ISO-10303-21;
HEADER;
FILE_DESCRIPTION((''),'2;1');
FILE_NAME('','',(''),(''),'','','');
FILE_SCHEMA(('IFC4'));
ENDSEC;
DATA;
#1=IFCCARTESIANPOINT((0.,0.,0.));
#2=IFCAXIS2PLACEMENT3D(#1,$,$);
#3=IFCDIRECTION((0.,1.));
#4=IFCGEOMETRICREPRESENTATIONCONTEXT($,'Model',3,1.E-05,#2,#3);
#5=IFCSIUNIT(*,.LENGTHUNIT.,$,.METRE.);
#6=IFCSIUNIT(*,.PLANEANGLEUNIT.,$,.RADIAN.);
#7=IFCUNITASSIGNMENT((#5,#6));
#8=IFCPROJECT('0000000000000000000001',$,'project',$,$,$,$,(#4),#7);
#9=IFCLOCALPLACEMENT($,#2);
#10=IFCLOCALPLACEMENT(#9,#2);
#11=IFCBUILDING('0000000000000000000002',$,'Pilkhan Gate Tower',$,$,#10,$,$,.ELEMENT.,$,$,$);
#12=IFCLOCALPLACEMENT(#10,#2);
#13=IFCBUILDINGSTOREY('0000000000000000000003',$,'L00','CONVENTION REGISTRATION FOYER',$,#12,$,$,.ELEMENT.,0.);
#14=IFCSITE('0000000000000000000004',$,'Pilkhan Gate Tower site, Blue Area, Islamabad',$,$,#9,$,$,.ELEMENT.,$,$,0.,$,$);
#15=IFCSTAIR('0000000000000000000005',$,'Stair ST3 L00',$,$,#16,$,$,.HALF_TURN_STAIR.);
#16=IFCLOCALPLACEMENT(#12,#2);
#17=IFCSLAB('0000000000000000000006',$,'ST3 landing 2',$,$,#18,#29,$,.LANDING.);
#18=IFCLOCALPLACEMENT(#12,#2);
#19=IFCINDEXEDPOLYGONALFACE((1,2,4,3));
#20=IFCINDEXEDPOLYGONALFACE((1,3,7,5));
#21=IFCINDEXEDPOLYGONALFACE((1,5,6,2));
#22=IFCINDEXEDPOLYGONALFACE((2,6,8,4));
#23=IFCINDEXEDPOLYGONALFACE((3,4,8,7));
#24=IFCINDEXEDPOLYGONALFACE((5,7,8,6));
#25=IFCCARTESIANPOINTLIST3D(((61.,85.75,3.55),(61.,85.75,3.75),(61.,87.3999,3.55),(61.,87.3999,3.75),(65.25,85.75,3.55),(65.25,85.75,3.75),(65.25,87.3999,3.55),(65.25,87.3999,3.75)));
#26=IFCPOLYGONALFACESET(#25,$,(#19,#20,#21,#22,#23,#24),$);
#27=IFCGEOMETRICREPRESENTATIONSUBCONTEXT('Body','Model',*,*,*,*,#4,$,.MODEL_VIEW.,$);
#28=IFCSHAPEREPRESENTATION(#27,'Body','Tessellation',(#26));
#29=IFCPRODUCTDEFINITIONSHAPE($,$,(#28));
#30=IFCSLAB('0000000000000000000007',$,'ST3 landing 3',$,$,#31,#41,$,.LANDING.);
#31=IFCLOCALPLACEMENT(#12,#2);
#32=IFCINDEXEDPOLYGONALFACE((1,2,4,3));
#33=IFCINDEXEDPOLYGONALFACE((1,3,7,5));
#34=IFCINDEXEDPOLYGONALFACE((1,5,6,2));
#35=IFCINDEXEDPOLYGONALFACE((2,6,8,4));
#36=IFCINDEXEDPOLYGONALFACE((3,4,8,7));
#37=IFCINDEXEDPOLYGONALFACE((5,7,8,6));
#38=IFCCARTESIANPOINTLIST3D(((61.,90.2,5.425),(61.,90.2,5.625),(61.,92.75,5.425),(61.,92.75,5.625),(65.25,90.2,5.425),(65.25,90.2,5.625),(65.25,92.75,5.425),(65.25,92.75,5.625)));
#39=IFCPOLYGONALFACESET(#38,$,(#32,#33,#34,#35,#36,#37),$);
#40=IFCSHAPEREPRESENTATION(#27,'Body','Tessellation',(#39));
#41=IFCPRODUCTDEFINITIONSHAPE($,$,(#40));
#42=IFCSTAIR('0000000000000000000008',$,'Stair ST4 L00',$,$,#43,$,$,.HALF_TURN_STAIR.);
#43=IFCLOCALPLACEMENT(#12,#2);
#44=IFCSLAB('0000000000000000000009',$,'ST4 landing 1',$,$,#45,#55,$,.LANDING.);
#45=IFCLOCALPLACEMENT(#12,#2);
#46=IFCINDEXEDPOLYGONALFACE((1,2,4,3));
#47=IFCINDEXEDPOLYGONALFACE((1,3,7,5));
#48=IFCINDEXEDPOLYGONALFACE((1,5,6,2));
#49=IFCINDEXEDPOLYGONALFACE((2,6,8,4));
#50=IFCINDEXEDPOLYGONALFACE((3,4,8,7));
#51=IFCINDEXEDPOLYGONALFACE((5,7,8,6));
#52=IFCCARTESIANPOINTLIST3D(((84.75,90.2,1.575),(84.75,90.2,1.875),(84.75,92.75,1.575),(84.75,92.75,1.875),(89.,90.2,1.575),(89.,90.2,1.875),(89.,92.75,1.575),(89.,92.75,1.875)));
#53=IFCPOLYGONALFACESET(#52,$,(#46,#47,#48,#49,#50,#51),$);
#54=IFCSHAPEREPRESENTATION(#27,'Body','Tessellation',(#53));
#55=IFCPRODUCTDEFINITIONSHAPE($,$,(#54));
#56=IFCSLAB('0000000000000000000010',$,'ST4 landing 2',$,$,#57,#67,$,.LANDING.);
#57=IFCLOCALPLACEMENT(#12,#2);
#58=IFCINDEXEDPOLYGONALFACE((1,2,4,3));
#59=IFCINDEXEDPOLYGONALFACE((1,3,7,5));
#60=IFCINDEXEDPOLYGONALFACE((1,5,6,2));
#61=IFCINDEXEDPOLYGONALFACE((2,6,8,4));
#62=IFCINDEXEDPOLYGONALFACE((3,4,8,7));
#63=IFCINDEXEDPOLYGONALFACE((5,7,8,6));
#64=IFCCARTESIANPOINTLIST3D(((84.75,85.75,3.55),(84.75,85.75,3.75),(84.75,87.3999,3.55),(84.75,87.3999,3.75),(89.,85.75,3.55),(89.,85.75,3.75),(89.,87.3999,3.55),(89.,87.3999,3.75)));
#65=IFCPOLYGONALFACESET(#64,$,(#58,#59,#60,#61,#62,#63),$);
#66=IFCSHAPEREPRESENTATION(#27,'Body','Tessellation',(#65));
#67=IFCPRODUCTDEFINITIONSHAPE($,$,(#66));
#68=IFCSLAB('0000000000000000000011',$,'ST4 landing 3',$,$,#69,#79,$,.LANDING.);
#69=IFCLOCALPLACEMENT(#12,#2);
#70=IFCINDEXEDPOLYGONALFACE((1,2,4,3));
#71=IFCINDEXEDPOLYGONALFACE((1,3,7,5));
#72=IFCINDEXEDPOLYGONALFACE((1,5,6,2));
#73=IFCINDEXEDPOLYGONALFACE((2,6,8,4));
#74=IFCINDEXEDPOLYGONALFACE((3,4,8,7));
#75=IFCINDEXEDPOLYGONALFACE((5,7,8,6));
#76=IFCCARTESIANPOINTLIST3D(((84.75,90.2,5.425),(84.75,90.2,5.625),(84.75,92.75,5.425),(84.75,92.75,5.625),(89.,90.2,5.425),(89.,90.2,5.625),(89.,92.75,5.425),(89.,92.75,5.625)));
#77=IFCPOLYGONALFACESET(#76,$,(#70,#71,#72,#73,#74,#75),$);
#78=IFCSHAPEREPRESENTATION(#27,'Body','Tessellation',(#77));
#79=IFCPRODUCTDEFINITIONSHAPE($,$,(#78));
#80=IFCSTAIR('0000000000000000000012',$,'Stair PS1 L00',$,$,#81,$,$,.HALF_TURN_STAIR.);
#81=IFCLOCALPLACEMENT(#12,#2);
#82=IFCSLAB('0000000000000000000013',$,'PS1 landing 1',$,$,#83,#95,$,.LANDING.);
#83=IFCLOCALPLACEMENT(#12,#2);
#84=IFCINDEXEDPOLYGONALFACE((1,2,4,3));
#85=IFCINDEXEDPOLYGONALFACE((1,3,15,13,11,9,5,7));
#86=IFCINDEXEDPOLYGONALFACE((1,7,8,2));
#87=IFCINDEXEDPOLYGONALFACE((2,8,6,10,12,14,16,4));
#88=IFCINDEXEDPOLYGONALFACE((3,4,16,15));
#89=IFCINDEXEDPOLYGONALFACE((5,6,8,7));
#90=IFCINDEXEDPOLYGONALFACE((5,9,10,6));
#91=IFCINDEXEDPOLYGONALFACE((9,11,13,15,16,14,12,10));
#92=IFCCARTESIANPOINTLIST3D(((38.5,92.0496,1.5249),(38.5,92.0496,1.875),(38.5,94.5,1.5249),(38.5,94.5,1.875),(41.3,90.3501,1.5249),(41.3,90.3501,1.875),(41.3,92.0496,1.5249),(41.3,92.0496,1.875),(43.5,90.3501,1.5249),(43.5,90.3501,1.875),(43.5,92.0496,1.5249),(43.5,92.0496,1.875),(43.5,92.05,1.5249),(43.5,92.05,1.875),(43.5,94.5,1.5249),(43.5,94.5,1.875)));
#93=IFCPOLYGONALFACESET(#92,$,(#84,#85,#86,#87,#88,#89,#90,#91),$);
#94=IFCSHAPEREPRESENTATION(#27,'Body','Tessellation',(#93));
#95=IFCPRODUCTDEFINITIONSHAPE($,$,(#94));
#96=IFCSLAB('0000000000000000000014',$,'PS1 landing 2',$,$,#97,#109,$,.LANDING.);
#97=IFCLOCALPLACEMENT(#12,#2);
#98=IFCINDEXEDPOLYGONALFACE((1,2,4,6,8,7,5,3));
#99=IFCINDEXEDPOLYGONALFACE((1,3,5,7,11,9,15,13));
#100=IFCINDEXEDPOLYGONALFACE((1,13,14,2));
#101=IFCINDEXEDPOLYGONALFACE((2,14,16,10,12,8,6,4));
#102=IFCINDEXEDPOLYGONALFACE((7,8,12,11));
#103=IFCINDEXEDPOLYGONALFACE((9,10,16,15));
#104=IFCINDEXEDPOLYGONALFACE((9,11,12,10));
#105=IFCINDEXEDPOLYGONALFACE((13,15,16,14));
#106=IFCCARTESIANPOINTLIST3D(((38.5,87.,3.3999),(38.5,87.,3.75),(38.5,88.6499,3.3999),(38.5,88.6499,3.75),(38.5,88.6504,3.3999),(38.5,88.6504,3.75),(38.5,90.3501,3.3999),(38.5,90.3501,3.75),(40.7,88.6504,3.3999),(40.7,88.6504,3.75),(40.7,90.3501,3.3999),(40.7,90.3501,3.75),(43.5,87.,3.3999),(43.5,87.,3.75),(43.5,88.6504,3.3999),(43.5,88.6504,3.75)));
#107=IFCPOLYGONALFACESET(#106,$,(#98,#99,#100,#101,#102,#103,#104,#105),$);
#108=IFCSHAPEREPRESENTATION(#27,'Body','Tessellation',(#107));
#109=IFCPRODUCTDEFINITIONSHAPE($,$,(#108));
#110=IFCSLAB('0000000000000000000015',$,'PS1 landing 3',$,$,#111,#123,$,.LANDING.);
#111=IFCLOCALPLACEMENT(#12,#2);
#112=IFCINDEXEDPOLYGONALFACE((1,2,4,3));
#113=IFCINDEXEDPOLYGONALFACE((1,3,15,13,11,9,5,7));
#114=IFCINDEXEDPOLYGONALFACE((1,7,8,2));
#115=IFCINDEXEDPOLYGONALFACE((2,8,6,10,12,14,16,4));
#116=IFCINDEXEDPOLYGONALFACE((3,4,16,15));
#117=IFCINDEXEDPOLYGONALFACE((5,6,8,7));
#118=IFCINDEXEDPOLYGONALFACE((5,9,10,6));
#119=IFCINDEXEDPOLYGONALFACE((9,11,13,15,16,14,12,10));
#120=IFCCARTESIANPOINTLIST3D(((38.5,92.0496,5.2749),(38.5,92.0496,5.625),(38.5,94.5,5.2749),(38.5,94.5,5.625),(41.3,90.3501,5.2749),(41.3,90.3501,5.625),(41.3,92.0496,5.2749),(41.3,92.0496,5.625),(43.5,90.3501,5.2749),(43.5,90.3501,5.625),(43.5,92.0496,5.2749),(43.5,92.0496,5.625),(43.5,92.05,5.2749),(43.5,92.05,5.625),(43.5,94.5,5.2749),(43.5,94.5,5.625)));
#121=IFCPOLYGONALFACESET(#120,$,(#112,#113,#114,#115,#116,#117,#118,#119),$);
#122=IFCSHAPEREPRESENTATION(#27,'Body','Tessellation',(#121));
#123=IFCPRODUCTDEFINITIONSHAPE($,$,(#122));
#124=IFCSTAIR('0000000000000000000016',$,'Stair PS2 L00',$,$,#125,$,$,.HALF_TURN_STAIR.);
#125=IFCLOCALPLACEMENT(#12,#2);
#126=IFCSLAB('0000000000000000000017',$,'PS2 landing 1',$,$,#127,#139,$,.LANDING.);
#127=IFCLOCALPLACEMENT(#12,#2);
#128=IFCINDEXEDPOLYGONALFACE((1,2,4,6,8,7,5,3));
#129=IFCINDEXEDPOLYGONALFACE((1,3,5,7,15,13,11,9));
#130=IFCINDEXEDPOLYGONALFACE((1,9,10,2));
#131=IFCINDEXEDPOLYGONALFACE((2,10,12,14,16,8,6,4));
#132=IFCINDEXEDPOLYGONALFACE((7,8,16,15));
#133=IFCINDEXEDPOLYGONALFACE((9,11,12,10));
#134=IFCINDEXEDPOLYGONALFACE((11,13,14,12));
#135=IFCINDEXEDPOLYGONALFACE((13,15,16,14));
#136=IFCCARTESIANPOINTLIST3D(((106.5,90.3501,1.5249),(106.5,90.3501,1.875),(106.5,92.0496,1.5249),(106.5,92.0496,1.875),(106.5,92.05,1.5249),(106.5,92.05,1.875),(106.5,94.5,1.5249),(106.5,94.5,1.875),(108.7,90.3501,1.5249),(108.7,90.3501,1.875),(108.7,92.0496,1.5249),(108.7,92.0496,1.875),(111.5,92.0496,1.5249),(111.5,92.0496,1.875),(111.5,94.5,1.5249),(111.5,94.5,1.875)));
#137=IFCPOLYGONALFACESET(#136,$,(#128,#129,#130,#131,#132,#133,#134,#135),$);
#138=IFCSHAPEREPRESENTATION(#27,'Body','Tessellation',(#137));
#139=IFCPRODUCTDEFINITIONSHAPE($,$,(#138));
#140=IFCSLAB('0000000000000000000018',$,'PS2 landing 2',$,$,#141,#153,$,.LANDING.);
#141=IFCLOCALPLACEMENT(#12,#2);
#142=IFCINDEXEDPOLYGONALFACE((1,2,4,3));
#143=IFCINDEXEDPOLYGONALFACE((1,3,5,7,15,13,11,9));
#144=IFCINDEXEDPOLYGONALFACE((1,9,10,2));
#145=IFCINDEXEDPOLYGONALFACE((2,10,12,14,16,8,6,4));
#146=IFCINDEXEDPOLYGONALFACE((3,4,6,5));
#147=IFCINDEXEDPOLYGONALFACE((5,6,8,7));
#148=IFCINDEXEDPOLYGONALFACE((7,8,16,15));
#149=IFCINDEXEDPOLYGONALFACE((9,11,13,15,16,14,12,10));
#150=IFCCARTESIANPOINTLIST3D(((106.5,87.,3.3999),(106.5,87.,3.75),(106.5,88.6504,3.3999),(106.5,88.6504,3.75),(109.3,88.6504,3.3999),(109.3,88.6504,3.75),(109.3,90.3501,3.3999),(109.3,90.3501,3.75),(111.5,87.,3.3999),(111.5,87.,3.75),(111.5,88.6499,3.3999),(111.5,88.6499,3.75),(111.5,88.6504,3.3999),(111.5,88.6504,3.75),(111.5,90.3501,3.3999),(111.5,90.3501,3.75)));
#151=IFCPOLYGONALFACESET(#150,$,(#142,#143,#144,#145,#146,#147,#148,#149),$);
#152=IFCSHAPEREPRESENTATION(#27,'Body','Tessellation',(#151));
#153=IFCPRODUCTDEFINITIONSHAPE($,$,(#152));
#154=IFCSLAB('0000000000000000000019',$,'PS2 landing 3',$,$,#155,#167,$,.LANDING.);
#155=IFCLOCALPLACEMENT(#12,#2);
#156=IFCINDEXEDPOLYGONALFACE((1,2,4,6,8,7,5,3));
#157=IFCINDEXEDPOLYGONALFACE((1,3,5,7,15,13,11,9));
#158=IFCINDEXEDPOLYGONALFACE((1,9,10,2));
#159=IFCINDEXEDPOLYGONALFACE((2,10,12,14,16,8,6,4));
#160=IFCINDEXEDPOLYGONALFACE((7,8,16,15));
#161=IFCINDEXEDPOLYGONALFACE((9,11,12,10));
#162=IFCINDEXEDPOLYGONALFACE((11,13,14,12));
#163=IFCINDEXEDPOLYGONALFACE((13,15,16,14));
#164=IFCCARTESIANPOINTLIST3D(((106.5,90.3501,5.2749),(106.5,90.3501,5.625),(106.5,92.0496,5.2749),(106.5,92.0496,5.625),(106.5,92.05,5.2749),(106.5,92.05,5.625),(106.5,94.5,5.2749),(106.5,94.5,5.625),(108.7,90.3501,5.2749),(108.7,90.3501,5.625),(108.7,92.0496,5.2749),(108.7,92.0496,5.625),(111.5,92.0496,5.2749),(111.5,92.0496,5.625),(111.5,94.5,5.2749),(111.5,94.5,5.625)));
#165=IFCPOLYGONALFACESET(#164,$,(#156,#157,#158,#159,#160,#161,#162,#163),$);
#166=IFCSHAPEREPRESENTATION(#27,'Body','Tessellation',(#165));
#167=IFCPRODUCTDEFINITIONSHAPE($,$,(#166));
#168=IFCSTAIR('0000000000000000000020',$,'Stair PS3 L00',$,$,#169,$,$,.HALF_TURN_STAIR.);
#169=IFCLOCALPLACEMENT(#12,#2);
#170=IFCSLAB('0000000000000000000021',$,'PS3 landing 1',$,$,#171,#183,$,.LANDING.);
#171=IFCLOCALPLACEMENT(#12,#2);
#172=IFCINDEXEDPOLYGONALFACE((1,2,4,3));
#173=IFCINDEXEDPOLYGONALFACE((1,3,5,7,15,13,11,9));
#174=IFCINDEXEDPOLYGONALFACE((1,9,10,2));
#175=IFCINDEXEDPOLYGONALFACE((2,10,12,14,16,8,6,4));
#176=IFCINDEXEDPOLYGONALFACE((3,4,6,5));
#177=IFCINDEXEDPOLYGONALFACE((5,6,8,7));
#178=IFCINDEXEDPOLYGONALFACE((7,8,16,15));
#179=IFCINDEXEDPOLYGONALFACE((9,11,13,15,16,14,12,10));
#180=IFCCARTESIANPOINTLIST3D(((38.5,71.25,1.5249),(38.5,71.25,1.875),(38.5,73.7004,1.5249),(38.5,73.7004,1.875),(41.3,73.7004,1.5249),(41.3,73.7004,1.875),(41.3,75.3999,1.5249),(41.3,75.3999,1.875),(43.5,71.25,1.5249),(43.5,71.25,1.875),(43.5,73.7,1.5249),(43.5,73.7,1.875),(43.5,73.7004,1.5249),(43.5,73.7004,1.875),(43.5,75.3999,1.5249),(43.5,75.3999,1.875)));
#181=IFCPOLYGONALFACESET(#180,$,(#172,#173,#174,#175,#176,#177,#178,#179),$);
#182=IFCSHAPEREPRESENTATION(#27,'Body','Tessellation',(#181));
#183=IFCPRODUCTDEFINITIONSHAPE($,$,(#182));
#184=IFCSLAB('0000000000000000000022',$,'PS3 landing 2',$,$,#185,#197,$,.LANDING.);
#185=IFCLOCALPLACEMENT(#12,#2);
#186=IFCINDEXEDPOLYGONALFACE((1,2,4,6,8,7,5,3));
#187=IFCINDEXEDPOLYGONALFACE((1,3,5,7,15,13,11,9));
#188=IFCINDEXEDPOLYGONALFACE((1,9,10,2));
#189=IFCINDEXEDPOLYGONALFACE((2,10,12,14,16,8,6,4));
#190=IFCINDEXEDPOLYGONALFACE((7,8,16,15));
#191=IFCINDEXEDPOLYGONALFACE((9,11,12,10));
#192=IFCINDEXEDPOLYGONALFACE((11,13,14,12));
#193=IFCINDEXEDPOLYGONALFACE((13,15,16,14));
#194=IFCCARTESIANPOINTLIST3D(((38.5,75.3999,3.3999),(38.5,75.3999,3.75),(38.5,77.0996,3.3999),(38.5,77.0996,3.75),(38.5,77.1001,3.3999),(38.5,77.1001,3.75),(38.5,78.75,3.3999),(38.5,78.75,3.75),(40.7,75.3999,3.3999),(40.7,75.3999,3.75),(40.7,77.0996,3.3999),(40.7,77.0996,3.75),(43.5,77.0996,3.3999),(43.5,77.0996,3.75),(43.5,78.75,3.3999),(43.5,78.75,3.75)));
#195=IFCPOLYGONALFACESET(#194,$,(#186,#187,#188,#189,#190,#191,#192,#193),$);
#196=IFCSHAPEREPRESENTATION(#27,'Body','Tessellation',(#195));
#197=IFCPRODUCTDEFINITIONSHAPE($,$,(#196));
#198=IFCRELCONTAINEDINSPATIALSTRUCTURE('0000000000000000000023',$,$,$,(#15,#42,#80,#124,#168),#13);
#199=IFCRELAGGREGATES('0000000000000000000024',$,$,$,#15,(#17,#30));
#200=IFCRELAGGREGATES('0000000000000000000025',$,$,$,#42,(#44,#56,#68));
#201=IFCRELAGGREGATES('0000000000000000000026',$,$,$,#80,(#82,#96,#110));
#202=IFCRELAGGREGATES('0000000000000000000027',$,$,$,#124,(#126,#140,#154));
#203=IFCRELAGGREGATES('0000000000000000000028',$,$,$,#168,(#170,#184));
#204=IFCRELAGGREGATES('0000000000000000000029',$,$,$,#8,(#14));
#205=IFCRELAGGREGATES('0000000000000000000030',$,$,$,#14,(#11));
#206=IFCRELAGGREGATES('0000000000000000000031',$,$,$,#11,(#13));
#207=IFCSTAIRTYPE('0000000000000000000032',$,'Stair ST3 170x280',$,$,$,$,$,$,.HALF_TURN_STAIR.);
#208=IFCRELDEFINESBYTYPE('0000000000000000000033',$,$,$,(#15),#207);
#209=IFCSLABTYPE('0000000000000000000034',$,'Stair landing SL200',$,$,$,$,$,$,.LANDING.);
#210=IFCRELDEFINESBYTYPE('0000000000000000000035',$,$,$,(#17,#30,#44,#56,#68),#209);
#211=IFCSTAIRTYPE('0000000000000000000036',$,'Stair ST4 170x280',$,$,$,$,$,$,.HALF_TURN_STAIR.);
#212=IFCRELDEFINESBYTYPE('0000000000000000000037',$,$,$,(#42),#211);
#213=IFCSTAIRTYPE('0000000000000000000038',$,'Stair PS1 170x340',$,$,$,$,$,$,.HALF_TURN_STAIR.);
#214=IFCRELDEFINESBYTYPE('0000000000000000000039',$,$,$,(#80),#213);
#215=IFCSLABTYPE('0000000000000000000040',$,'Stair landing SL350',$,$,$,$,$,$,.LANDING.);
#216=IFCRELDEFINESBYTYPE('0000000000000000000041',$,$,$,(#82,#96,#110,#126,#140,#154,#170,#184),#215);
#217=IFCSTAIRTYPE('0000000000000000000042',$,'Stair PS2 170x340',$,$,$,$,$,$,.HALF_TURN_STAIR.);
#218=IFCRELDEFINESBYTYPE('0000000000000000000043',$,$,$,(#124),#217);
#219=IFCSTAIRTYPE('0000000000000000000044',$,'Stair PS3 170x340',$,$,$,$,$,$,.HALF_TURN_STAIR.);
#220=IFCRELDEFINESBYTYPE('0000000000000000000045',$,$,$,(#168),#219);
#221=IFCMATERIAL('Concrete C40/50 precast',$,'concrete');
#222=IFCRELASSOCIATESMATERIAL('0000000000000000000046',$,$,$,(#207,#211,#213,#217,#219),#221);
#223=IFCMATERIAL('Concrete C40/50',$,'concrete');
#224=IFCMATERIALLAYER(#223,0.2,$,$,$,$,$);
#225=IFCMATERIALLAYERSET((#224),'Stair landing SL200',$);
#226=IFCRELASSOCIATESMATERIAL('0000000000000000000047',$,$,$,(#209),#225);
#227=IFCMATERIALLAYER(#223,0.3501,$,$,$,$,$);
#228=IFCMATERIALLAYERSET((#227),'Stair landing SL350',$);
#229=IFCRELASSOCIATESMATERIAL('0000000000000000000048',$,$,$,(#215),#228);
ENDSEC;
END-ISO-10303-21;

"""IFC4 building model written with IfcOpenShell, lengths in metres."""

from ifc_helpers import new_model, si_unit, direction, frame, origin, place, context, subcontext, project, spatial, polyline, outline, extrude, material, layer, layer_set, type_object, element, aggregate, save


model = new_model("IFC4")

# Units and contexts
model_context = context("Model", 3, precision=1e-05, world=origin(), true_north=direction((0.0, 1.0)))
body_context = subcontext(model_context, "Body", "Model", "MODEL_VIEW")
ifc_project = project(units=[si_unit("LENGTHUNIT", "METRE"), si_unit("PLANEANGLEUNIT", "RADIAN")], contexts=[model_context])

# Site, building, storey
site_placement = place(None, origin())
site = spatial("IfcSite", under=ifc_project, at=site_placement, Name="Pilkhan Gate Tower site, Blue Area, Islamabad", CompositionType="ELEMENT", RefElevation=0.0)
building_placement = place(site_placement, origin())
building = spatial("IfcBuilding", under=site, at=building_placement, Name="Pilkhan Gate Tower", CompositionType="ELEMENT")
storey_placement = place(building_placement, origin())
storey = spatial("IfcBuildingStorey", under=building, at=storey_placement, Name="L00", Description="CONVENTION REGISTRATION FOYER", CompositionType="ELEMENT", Elevation=0.0)

# Stairs, slabs
ifc_material_1 = material(Name="Concrete C40/50 precast", Category="concrete")
stair_type_1 = type_object("IfcStairType", Name="Stair ST3 170x280", PredefinedType="HALF_TURN_STAIR", material=ifc_material_1)
stair_1_placement = place(storey_placement, origin())
stair_1 = element("IfcStair", 1, at=stair_1_placement, inside=storey, type_object=stair_type_1, Name="Stair ST3 L00", PredefinedType="HALF_TURN_STAIR")
ifc_material_2 = material(Name="Concrete C40/50", Category="concrete")
ifc_layer_1 = layer(ifc_material_2, 0.2)
ifc_layer_set_1 = layer_set([ifc_layer_1], Name="Stair landing SL200")
slab_type_1 = type_object("IfcSlabType", Name="Stair landing SL200", PredefinedType="LANDING", material=ifc_layer_set_1)
slab_1_placement = place(storey_placement, frame((0.0, 0.0, 3.55)))
slab_1 = element("IfcSlab", 2, at=slab_1_placement, type_object=slab_type_1, Name="ST3 landing 2", PredefinedType="LANDING", context=body_context, shape_type="SweptSolid", body=[
    extrude(outline(polyline([(65.25, 85.75), (65.25, 87.3999), (61.0, 87.3999), (61.0, 85.75), (65.25, 85.75)])), origin(), (0.0, 0.0, 1.0), 0.2),
])
slab_2_placement = place(storey_placement, frame((0.0, 0.0, 5.425)))
slab_2 = element("IfcSlab", 3, at=slab_2_placement, type_object=slab_type_1, Name="ST3 landing 3", PredefinedType="LANDING", context=body_context, shape_type="SweptSolid", body=[
    extrude(outline(polyline([(65.25, 90.2), (65.25, 92.75), (61.0, 92.75), (61.0, 90.2), (65.25, 90.2)])), origin(), (0.0, 0.0, 1.0), 0.2),
])
aggregate(stair_1, [slab_1, slab_2])
stair_type_2 = type_object("IfcStairType", Name="Stair ST4 170x280", PredefinedType="HALF_TURN_STAIR", material=ifc_material_1)
stair_2_placement = place(storey_placement, origin())
stair_2 = element("IfcStair", 4, at=stair_2_placement, inside=storey, type_object=stair_type_2, Name="Stair ST4 L00", PredefinedType="HALF_TURN_STAIR")
slab_3_placement = place(storey_placement, frame((0.0, 0.0, 1.575)))
slab_3 = element("IfcSlab", 5, at=slab_3_placement, type_object=slab_type_1, Name="ST4 landing 1", PredefinedType="LANDING", context=body_context, shape_type="SweptSolid", body=[
    extrude(outline(polyline([(89.0, 90.2), (89.0, 92.75), (84.75, 92.75), (84.75, 90.2), (89.0, 90.2)])), origin(), (0.0, 0.0, 1.0), 0.3),
])
slab_4_placement = place(storey_placement, frame((0.0, 0.0, 3.55)))
slab_4 = element("IfcSlab", 6, at=slab_4_placement, type_object=slab_type_1, Name="ST4 landing 2", PredefinedType="LANDING", context=body_context, shape_type="SweptSolid", body=[
    extrude(outline(polyline([(89.0, 85.75), (89.0, 87.3999), (84.75, 87.3999), (84.75, 85.75), (89.0, 85.75)])), origin(), (0.0, 0.0, 1.0), 0.2),
])
slab_5_placement = place(storey_placement, frame((0.0, 0.0, 5.425)))
slab_5 = element("IfcSlab", 7, at=slab_5_placement, type_object=slab_type_1, Name="ST4 landing 3", PredefinedType="LANDING", context=body_context, shape_type="SweptSolid", body=[
    extrude(outline(polyline([(89.0, 90.2), (89.0, 92.75), (84.75, 92.75), (84.75, 90.2), (89.0, 90.2)])), origin(), (0.0, 0.0, 1.0), 0.2),
])
aggregate(stair_2, [slab_3, slab_4, slab_5])
stair_type_3 = type_object("IfcStairType", Name="Stair PS1 170x340", PredefinedType="HALF_TURN_STAIR", material=ifc_material_1)
stair_3_placement = place(storey_placement, origin())
stair_3 = element("IfcStair", 8, at=stair_3_placement, inside=storey, type_object=stair_type_3, Name="Stair PS1 L00", PredefinedType="HALF_TURN_STAIR")
ifc_layer_2 = layer(ifc_material_2, 0.3501)
ifc_layer_set_2 = layer_set([ifc_layer_2], Name="Stair landing SL350")
slab_type_2 = type_object("IfcSlabType", Name="Stair landing SL350", PredefinedType="LANDING", material=ifc_layer_set_2)
slab_6_placement = place(storey_placement, frame((0.0, 0.0, 1.5249)))
slab_6 = element("IfcSlab", 9, at=slab_6_placement, type_object=slab_type_2, Name="PS1 landing 1", PredefinedType="LANDING", context=body_context, shape_type="SweptSolid", body=[
    extrude(outline(polyline([(43.5, 90.3501), (41.3, 90.3501), (41.3, 92.0496), (38.5, 92.0496), (38.5, 94.5), (43.5, 94.5), (43.5, 92.05), (43.5, 92.0496), (43.5, 90.3501)])), origin(), (0.0, 0.0, 1.0), 0.3501),
])
slab_7_placement = place(storey_placement, frame((0.0, 0.0, 3.3999)))
slab_7 = element("IfcSlab", 10, at=slab_7_placement, type_object=slab_type_2, Name="PS1 landing 2", PredefinedType="LANDING", context=body_context, shape_type="SweptSolid", body=[
    extrude(outline(polyline([(43.5, 88.6504), (43.5, 87.0), (38.5, 87.0), (38.5, 88.6499), (38.5, 88.6504), (38.5, 90.3501), (40.7, 90.3501), (40.7, 88.6504), (43.5, 88.6504)])), origin(), (0.0, 0.0, 1.0), 0.3501),
])
slab_8_placement = place(storey_placement, frame((0.0, 0.0, 5.2749)))
slab_8 = element("IfcSlab", 11, at=slab_8_placement, type_object=slab_type_2, Name="PS1 landing 3", PredefinedType="LANDING", context=body_context, shape_type="SweptSolid", body=[
    extrude(outline(polyline([(43.5, 90.3501), (41.3, 90.3501), (41.3, 92.0496), (38.5, 92.0496), (38.5, 94.5), (43.5, 94.5), (43.5, 92.05), (43.5, 92.0496), (43.5, 90.3501)])), origin(), (0.0, 0.0, 1.0), 0.3501),
])
aggregate(stair_3, [slab_6, slab_7, slab_8])
stair_type_4 = type_object("IfcStairType", Name="Stair PS2 170x340", PredefinedType="HALF_TURN_STAIR", material=ifc_material_1)
stair_4_placement = place(storey_placement, origin())
stair_4 = element("IfcStair", 12, at=stair_4_placement, inside=storey, type_object=stair_type_4, Name="Stair PS2 L00", PredefinedType="HALF_TURN_STAIR")
slab_9_placement = place(storey_placement, frame((0.0, 0.0, 1.5249)))
slab_9 = element("IfcSlab", 13, at=slab_9_placement, type_object=slab_type_2, Name="PS2 landing 1", PredefinedType="LANDING", context=body_context, shape_type="SweptSolid", body=[
    extrude(outline(polyline([(106.5, 90.3501), (108.7, 90.3501), (108.7, 92.0496), (111.5, 92.0496), (111.5, 94.5), (106.5, 94.5), (106.5, 92.05), (106.5, 92.0496), (106.5, 90.3501)])), origin(), (0.0, 0.0, 1.0), 0.3501),
])
slab_10_placement = place(storey_placement, frame((0.0, 0.0, 3.3999)))
slab_10 = element("IfcSlab", 14, at=slab_10_placement, type_object=slab_type_2, Name="PS2 landing 2", PredefinedType="LANDING", context=body_context, shape_type="SweptSolid", body=[
    extrude(outline(polyline([(106.5, 88.6504), (106.5, 87.0), (111.5, 87.0), (111.5, 88.6499), (111.5, 88.6504), (111.5, 90.3501), (109.3, 90.3501), (109.3, 88.6504), (106.5, 88.6504)])), origin(), (0.0, 0.0, 1.0), 0.3501),
])
slab_11_placement = place(storey_placement, frame((0.0, 0.0, 5.2749)))
slab_11 = element("IfcSlab", 15, at=slab_11_placement, type_object=slab_type_2, Name="PS2 landing 3", PredefinedType="LANDING", context=body_context, shape_type="SweptSolid", body=[
    extrude(outline(polyline([(106.5, 90.3501), (108.7, 90.3501), (108.7, 92.0496), (111.5, 92.0496), (111.5, 94.5), (106.5, 94.5), (106.5, 92.05), (106.5, 92.0496), (106.5, 90.3501)])), origin(), (0.0, 0.0, 1.0), 0.3501),
])
aggregate(stair_4, [slab_9, slab_10, slab_11])
stair_type_5 = type_object("IfcStairType", Name="Stair PS3 170x340", PredefinedType="HALF_TURN_STAIR", material=ifc_material_1)
stair_5_placement = place(storey_placement, origin())
stair_5 = element("IfcStair", 16, at=stair_5_placement, inside=storey, type_object=stair_type_5, Name="Stair PS3 L00", PredefinedType="HALF_TURN_STAIR")
slab_12_placement = place(storey_placement, frame((0.0, 0.0, 1.5249)))
slab_12 = element("IfcSlab", 17, at=slab_12_placement, type_object=slab_type_2, Name="PS3 landing 1", PredefinedType="LANDING", context=body_context, shape_type="SweptSolid", body=[
    extrude(outline(polyline([(43.5, 75.3999), (41.3, 75.3999), (41.3, 73.7004), (38.5, 73.7004), (38.5, 71.25), (43.5, 71.25), (43.5, 73.7), (43.5, 73.7004), (43.5, 75.3999)])), origin(), (0.0, 0.0, 1.0), 0.3501),
])
slab_13_placement = place(storey_placement, frame((0.0, 0.0, 3.3999)))
slab_13 = element("IfcSlab", 18, at=slab_13_placement, type_object=slab_type_2, Name="PS3 landing 2", PredefinedType="LANDING", context=body_context, shape_type="SweptSolid", body=[
    extrude(outline(polyline([(43.5, 77.0996), (43.5, 78.75), (38.5, 78.75), (38.5, 77.1001), (38.5, 77.0996), (38.5, 75.3999), (40.7, 75.3999), (40.7, 77.0996), (43.5, 77.0996)])), origin(), (0.0, 0.0, 1.0), 0.3501),
])
aggregate(stair_5, [slab_12, slab_13])

save(model, "model.ifc")
